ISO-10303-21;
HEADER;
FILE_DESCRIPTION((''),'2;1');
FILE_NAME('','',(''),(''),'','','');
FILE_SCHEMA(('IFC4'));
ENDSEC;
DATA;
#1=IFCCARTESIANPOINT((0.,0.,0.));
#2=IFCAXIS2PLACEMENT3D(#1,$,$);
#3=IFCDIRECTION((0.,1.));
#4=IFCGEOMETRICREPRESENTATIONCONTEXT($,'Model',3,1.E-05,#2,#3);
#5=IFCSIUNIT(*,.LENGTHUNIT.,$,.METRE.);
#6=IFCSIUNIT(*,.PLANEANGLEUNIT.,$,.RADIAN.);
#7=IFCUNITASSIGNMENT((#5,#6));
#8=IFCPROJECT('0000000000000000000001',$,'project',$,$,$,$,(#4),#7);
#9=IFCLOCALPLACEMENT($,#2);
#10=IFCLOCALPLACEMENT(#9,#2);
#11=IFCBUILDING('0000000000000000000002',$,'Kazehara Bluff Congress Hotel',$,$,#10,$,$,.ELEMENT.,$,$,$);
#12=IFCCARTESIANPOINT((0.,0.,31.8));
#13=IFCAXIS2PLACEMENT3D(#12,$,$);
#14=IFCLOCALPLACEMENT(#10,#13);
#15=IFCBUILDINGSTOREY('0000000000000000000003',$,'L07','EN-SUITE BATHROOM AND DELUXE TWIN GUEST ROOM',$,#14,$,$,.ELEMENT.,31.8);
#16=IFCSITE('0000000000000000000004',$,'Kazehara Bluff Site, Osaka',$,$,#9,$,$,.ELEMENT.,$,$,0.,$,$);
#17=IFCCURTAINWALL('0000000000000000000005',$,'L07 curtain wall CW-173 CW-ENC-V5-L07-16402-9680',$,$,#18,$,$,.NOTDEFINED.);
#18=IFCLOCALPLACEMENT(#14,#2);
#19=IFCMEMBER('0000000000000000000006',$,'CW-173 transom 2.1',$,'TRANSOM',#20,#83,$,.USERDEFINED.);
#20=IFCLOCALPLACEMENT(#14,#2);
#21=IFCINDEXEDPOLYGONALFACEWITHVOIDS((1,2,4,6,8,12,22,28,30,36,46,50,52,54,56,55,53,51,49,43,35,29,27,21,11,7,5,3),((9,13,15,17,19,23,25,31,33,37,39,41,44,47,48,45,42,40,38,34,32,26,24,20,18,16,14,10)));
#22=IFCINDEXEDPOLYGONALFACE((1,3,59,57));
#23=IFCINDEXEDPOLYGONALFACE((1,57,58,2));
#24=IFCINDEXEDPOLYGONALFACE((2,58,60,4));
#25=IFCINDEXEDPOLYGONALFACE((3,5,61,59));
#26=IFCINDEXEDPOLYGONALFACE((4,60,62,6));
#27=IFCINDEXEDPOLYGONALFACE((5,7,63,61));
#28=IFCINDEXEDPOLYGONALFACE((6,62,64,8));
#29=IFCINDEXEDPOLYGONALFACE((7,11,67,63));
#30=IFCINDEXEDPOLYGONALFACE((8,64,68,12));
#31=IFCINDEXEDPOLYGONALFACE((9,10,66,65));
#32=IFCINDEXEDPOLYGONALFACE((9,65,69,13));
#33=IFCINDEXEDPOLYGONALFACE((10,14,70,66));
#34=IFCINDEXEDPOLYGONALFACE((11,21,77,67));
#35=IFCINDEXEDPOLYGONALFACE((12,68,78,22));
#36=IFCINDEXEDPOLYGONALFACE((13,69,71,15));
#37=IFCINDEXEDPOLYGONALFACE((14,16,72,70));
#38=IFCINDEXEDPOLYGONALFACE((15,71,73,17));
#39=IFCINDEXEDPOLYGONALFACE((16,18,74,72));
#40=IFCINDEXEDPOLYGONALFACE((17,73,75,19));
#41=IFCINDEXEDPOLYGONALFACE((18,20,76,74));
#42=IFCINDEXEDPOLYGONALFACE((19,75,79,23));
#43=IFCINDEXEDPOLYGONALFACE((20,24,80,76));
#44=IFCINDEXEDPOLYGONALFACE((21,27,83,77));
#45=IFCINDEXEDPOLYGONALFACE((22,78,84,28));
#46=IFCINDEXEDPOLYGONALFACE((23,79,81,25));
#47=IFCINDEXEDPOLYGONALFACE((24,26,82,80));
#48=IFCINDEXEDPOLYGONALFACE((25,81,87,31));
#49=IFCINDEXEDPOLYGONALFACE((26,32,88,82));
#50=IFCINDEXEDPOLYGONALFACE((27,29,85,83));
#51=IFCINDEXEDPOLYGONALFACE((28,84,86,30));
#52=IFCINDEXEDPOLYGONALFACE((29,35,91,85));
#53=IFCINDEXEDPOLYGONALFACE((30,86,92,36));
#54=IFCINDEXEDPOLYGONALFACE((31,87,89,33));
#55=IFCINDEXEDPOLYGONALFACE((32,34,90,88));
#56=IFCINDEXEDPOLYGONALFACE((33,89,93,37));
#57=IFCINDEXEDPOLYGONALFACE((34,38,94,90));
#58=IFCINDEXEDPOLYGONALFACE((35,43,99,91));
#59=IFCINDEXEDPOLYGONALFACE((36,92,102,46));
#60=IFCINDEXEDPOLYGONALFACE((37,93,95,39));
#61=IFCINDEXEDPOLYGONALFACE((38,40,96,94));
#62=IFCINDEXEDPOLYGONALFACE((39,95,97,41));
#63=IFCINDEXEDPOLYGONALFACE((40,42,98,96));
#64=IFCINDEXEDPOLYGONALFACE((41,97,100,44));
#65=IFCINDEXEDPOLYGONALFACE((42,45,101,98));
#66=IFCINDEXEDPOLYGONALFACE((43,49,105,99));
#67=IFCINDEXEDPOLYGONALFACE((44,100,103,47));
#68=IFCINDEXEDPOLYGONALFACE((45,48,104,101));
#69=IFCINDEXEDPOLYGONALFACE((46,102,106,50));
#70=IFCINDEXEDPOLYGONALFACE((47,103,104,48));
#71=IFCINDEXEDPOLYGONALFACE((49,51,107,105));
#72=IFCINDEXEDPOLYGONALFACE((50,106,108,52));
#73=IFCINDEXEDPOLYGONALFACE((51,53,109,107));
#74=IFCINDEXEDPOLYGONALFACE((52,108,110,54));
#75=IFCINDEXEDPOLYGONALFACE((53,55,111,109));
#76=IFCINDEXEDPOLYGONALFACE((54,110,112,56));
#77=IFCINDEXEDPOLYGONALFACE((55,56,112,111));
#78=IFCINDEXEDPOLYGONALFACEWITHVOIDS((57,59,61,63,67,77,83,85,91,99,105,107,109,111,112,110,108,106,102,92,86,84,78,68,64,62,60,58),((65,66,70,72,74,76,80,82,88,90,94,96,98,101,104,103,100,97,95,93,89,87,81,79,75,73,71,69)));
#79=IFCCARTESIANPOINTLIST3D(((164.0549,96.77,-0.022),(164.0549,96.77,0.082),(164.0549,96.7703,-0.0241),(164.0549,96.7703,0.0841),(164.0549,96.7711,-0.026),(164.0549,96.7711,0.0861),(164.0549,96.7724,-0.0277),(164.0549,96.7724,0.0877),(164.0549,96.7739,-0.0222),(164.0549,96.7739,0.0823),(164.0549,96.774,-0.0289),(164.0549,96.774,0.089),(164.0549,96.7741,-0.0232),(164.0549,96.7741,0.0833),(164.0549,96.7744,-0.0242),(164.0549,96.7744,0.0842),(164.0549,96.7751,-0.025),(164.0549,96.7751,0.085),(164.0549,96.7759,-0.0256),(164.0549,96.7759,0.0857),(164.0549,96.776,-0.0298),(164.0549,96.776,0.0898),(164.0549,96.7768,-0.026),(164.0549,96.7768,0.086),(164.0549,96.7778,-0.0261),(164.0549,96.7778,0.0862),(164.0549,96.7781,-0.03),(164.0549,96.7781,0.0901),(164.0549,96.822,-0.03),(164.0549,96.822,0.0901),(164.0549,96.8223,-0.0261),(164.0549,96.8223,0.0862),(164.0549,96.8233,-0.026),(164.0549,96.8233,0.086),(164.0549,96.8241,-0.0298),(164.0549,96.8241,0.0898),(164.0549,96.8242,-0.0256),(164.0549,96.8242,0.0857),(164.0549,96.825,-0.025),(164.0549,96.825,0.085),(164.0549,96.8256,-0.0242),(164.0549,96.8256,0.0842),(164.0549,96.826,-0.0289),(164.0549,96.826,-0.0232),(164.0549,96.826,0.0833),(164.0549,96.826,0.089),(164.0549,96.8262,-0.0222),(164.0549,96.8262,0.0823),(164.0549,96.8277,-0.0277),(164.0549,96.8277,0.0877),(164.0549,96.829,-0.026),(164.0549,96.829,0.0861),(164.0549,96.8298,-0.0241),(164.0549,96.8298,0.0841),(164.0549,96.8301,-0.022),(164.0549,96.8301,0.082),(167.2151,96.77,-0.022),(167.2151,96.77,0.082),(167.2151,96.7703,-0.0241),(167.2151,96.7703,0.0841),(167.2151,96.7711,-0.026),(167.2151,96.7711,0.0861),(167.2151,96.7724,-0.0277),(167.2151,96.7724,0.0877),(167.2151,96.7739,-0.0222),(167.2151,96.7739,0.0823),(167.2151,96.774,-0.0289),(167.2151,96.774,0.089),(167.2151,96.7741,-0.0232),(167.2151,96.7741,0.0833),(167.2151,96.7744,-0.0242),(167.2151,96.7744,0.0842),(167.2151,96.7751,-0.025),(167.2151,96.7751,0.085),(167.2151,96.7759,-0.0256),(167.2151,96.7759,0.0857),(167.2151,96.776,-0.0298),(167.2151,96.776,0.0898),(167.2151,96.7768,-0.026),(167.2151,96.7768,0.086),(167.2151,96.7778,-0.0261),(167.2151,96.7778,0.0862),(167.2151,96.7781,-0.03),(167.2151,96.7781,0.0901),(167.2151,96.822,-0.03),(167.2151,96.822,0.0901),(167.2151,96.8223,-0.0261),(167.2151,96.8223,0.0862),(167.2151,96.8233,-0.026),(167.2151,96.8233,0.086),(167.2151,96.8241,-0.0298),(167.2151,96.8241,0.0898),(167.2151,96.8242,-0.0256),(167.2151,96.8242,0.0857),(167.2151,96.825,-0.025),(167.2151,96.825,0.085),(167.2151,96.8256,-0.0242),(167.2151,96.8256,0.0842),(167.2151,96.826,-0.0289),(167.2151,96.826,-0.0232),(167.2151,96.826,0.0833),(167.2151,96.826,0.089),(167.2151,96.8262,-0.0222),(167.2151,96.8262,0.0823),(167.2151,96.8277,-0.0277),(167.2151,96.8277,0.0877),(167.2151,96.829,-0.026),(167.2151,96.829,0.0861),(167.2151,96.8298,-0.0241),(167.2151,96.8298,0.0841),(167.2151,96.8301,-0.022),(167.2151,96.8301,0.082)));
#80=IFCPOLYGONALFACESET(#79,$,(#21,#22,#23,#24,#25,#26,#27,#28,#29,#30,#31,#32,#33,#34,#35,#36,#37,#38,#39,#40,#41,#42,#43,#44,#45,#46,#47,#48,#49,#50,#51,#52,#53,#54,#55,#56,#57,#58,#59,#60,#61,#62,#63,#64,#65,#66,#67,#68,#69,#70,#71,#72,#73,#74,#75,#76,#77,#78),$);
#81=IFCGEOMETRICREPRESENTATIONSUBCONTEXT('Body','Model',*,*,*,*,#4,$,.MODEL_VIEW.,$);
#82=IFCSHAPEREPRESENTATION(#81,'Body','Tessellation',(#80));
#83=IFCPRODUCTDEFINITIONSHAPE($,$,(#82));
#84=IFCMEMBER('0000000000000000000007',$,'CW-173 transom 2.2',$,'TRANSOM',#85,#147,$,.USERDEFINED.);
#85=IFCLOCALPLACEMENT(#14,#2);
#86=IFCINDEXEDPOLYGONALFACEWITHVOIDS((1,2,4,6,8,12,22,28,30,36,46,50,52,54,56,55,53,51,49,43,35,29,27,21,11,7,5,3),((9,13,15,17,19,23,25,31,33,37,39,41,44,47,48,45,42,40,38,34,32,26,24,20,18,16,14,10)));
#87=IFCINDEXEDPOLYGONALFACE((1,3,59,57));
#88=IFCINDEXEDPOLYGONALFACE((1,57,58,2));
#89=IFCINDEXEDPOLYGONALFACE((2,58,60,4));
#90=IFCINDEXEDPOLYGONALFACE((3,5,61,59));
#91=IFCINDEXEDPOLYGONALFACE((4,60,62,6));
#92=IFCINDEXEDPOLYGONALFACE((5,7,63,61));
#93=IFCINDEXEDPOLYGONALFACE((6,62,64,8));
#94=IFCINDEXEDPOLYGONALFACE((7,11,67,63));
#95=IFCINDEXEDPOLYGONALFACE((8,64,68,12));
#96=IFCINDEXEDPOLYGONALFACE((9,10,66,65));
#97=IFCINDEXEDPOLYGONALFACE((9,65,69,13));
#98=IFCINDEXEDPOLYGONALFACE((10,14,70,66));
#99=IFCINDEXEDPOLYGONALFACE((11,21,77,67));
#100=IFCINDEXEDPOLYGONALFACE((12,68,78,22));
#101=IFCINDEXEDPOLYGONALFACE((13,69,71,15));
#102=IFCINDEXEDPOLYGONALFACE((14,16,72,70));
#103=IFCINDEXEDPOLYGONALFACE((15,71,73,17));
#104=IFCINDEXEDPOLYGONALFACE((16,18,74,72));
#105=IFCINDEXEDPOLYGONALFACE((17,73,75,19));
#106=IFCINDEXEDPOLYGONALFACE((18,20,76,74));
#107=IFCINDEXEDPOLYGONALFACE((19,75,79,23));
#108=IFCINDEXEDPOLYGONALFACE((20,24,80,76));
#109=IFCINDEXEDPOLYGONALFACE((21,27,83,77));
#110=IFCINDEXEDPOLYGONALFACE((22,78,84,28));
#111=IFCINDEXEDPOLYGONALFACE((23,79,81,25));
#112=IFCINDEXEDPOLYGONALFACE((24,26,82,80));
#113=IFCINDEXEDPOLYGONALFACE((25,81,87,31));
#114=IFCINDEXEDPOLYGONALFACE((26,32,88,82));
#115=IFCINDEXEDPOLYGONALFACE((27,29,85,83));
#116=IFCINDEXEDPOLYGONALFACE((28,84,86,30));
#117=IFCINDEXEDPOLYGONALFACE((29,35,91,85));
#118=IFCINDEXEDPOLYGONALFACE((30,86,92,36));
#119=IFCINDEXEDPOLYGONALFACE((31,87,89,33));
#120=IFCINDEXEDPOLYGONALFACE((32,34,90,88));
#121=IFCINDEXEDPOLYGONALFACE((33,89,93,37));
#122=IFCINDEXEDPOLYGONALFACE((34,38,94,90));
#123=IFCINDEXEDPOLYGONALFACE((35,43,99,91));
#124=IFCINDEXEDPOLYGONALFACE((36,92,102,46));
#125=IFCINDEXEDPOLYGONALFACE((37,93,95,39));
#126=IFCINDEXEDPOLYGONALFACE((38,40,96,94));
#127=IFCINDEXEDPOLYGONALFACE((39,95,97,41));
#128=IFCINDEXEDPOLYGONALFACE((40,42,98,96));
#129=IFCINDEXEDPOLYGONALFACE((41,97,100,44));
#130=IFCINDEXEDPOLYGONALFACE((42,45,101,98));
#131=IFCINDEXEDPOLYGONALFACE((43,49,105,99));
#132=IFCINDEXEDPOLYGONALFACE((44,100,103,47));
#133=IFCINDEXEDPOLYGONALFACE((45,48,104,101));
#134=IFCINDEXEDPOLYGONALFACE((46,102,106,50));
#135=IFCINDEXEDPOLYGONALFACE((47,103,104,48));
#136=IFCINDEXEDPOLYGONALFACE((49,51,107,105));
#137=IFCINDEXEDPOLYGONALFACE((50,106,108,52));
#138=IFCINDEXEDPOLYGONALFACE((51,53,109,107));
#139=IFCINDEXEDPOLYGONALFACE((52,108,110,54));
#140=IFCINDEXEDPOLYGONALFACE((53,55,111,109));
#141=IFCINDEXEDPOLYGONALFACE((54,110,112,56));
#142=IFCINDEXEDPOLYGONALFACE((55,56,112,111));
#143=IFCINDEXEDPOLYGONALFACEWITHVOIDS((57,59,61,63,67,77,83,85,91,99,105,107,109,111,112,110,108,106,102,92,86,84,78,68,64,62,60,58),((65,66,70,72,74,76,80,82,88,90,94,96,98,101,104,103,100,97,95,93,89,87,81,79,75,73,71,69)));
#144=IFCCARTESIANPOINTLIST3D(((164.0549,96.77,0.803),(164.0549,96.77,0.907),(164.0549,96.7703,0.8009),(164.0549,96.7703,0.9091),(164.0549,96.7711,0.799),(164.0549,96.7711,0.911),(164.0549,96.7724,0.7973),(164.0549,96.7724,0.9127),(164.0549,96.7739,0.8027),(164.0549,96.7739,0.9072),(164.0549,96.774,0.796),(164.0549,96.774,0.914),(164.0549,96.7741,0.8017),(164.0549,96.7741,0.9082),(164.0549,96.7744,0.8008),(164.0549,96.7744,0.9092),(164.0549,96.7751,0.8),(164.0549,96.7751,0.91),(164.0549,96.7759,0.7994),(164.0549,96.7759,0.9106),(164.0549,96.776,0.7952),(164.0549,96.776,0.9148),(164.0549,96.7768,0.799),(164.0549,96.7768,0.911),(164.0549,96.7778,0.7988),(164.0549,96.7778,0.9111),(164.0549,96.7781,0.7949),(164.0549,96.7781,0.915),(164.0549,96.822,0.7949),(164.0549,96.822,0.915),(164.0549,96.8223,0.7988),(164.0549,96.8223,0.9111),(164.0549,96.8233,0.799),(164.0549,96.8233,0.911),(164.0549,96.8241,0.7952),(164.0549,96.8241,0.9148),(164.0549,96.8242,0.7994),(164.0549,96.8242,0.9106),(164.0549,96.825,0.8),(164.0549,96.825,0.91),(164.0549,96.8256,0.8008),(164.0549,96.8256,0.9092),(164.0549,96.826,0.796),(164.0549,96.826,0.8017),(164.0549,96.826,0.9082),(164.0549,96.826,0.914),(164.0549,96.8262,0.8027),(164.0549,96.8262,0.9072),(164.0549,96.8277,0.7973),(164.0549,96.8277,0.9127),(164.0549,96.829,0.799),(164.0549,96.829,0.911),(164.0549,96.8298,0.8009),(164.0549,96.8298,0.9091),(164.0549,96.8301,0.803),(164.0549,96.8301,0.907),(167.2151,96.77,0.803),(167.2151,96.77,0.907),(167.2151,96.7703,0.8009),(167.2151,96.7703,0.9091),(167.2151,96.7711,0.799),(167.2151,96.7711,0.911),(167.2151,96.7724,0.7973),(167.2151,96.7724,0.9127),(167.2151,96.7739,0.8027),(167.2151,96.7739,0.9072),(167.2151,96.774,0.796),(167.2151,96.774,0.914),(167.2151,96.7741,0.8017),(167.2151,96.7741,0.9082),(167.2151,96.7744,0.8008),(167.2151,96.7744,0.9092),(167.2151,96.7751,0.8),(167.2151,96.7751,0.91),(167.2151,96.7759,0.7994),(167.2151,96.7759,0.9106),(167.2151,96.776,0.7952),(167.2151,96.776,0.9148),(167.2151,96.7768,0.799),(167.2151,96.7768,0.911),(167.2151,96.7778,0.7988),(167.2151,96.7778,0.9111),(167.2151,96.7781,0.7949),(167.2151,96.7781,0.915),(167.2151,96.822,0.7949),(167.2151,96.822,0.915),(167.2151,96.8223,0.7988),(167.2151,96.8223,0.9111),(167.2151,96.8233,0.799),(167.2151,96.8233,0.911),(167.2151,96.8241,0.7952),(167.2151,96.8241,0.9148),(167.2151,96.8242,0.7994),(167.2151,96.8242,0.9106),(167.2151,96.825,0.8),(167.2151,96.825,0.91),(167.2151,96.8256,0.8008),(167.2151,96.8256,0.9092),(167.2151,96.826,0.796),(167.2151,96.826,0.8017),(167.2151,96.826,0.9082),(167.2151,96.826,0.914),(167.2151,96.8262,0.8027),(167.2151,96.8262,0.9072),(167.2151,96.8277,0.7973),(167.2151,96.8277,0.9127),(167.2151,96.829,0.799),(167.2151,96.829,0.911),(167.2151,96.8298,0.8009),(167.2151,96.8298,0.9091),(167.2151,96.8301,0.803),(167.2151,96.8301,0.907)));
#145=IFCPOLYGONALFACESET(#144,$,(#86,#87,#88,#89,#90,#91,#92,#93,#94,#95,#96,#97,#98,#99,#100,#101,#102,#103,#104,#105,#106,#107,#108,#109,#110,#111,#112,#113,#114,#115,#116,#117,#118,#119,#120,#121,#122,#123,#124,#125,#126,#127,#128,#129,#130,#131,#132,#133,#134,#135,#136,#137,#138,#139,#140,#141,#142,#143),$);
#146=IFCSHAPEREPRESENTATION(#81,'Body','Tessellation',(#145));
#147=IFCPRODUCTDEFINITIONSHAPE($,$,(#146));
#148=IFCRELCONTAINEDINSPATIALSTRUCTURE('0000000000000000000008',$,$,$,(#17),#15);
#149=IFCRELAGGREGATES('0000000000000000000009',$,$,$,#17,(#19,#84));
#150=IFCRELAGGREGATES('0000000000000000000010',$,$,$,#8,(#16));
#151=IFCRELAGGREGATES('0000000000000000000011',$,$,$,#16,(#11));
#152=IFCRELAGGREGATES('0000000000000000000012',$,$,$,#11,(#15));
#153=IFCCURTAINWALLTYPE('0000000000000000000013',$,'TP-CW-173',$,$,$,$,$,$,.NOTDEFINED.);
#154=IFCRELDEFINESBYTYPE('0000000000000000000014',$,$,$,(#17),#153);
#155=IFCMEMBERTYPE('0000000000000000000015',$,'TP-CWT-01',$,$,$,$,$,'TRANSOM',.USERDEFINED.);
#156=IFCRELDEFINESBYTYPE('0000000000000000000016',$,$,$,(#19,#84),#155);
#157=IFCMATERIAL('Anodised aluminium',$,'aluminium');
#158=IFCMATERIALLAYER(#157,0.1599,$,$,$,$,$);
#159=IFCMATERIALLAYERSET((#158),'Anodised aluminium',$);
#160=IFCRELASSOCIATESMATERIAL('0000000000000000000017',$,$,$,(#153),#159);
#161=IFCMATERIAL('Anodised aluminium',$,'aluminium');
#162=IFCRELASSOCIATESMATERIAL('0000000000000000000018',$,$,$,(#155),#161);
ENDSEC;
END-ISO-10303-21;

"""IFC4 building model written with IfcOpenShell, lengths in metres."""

from ifc_helpers import new_model, si_unit, direction, frame, origin, origin_2d, place, context, subcontext, project, spatial, hollow_rectangle, extrude, material, layer, layer_set, material_profile, profile_set, type_object, element, aggregate, save


model = new_model("IFC4")

# Units and contexts
model_context = context("Model", 3, precision=1e-05, world=origin(), true_north=direction((0.0, 1.0)))
body_context = subcontext(model_context, "Body", "Model", "MODEL_VIEW")
ifc_project = project(units=[si_unit("LENGTHUNIT", "METRE"), si_unit("PLANEANGLEUNIT", "RADIAN")], contexts=[model_context])

# Site, building, storey
site_placement = place(None, origin())
site = spatial("IfcSite", under=ifc_project, at=site_placement, Name="Kazehara Bluff Site, Osaka", CompositionType="ELEMENT", RefElevation=0.0)
building_placement = place(site_placement, origin())
building = spatial("IfcBuilding", under=site, at=building_placement, Name="Kazehara Bluff Congress Hotel", CompositionType="ELEMENT")
storey_placement = place(building_placement, frame((0.0, 0.0, 31.8)))
storey = spatial("IfcBuildingStorey", under=building, at=storey_placement, Name="L07", Description="EN-SUITE BATHROOM AND DELUXE TWIN GUEST ROOM", CompositionType="ELEMENT", Elevation=31.8)

# Curtain wall, members
ifc_material_1 = material(Name="Anodised aluminium", Category="aluminium")
ifc_layer_1 = layer(ifc_material_1, 0.1599)
ifc_layer_set_1 = layer_set([ifc_layer_1], Name="Anodised aluminium")
curtain_wall_type = type_object("IfcCurtainWallType", Name="TP-CW-173", PredefinedType="NOTDEFINED", material=ifc_layer_set_1)
curtain_wall_placement = place(storey_placement, origin())
curtain_wall = element("IfcCurtainWall", 1, at=curtain_wall_placement, inside=storey, type_object=curtain_wall_type, Name="L07 curtain wall CW-173 CW-ENC-V5-L07-16402-9680", PredefinedType="NOTDEFINED")
ifc_material_2 = material(Name="Anodised aluminium", Category="aluminium")
ifc_material_profile_1 = material_profile(ifc_material_2, hollow_rectangle(XDim=0.0601, YDim=0.1201, WallThickness=0.0039, InnerFilletRadius=0.0039, OuterFilletRadius=0.0081, at=origin_2d()))
ifc_profile_set_1 = profile_set([ifc_material_profile_1], Name="Anodised aluminium")
member_type_1 = type_object("IfcMemberType", Name="TP-CWT-01", ElementType="TRANSOM", PredefinedType="USERDEFINED", material=ifc_profile_set_1)
member_1_placement = place(storey_placement, frame((164.0549, 96.8, 0.03), z_axis=(1.0, 0.0, 0.0), x_axis=(0.0, 1.0, 0.0)))
member_1 = element("IfcMember", 2, at=member_1_placement, type_object=member_type_1, Name="CW-173 transom 2.1", ObjectType="TRANSOM", PredefinedType="USERDEFINED", context=body_context, shape_type="SweptSolid", body=[
    extrude(hollow_rectangle(XDim=0.0601, YDim=0.1201, WallThickness=0.0039, InnerFilletRadius=0.0039, OuterFilletRadius=0.0081, at=origin_2d()), origin(), (0.0, 0.0, 1.0), 3.1602),
])
member_2_placement = place(storey_placement, frame((164.0549, 96.8, 0.855), z_axis=(1.0, 0.0, 0.0), x_axis=(0.0, 1.0, 0.0)))
member_2 = element("IfcMember", 3, at=member_2_placement, type_object=member_type_1, Name="CW-173 transom 2.2", ObjectType="TRANSOM", PredefinedType="USERDEFINED", context=body_context, shape_type="SweptSolid", body=[
    extrude(hollow_rectangle(XDim=0.0601, YDim=0.1201, WallThickness=0.0039, InnerFilletRadius=0.0039, OuterFilletRadius=0.0081, at=origin_2d()), origin(), (0.0, 0.0, 1.0), 3.1602),
])
aggregate(curtain_wall, [member_1, member_2])

save(model, "model.ifc")
